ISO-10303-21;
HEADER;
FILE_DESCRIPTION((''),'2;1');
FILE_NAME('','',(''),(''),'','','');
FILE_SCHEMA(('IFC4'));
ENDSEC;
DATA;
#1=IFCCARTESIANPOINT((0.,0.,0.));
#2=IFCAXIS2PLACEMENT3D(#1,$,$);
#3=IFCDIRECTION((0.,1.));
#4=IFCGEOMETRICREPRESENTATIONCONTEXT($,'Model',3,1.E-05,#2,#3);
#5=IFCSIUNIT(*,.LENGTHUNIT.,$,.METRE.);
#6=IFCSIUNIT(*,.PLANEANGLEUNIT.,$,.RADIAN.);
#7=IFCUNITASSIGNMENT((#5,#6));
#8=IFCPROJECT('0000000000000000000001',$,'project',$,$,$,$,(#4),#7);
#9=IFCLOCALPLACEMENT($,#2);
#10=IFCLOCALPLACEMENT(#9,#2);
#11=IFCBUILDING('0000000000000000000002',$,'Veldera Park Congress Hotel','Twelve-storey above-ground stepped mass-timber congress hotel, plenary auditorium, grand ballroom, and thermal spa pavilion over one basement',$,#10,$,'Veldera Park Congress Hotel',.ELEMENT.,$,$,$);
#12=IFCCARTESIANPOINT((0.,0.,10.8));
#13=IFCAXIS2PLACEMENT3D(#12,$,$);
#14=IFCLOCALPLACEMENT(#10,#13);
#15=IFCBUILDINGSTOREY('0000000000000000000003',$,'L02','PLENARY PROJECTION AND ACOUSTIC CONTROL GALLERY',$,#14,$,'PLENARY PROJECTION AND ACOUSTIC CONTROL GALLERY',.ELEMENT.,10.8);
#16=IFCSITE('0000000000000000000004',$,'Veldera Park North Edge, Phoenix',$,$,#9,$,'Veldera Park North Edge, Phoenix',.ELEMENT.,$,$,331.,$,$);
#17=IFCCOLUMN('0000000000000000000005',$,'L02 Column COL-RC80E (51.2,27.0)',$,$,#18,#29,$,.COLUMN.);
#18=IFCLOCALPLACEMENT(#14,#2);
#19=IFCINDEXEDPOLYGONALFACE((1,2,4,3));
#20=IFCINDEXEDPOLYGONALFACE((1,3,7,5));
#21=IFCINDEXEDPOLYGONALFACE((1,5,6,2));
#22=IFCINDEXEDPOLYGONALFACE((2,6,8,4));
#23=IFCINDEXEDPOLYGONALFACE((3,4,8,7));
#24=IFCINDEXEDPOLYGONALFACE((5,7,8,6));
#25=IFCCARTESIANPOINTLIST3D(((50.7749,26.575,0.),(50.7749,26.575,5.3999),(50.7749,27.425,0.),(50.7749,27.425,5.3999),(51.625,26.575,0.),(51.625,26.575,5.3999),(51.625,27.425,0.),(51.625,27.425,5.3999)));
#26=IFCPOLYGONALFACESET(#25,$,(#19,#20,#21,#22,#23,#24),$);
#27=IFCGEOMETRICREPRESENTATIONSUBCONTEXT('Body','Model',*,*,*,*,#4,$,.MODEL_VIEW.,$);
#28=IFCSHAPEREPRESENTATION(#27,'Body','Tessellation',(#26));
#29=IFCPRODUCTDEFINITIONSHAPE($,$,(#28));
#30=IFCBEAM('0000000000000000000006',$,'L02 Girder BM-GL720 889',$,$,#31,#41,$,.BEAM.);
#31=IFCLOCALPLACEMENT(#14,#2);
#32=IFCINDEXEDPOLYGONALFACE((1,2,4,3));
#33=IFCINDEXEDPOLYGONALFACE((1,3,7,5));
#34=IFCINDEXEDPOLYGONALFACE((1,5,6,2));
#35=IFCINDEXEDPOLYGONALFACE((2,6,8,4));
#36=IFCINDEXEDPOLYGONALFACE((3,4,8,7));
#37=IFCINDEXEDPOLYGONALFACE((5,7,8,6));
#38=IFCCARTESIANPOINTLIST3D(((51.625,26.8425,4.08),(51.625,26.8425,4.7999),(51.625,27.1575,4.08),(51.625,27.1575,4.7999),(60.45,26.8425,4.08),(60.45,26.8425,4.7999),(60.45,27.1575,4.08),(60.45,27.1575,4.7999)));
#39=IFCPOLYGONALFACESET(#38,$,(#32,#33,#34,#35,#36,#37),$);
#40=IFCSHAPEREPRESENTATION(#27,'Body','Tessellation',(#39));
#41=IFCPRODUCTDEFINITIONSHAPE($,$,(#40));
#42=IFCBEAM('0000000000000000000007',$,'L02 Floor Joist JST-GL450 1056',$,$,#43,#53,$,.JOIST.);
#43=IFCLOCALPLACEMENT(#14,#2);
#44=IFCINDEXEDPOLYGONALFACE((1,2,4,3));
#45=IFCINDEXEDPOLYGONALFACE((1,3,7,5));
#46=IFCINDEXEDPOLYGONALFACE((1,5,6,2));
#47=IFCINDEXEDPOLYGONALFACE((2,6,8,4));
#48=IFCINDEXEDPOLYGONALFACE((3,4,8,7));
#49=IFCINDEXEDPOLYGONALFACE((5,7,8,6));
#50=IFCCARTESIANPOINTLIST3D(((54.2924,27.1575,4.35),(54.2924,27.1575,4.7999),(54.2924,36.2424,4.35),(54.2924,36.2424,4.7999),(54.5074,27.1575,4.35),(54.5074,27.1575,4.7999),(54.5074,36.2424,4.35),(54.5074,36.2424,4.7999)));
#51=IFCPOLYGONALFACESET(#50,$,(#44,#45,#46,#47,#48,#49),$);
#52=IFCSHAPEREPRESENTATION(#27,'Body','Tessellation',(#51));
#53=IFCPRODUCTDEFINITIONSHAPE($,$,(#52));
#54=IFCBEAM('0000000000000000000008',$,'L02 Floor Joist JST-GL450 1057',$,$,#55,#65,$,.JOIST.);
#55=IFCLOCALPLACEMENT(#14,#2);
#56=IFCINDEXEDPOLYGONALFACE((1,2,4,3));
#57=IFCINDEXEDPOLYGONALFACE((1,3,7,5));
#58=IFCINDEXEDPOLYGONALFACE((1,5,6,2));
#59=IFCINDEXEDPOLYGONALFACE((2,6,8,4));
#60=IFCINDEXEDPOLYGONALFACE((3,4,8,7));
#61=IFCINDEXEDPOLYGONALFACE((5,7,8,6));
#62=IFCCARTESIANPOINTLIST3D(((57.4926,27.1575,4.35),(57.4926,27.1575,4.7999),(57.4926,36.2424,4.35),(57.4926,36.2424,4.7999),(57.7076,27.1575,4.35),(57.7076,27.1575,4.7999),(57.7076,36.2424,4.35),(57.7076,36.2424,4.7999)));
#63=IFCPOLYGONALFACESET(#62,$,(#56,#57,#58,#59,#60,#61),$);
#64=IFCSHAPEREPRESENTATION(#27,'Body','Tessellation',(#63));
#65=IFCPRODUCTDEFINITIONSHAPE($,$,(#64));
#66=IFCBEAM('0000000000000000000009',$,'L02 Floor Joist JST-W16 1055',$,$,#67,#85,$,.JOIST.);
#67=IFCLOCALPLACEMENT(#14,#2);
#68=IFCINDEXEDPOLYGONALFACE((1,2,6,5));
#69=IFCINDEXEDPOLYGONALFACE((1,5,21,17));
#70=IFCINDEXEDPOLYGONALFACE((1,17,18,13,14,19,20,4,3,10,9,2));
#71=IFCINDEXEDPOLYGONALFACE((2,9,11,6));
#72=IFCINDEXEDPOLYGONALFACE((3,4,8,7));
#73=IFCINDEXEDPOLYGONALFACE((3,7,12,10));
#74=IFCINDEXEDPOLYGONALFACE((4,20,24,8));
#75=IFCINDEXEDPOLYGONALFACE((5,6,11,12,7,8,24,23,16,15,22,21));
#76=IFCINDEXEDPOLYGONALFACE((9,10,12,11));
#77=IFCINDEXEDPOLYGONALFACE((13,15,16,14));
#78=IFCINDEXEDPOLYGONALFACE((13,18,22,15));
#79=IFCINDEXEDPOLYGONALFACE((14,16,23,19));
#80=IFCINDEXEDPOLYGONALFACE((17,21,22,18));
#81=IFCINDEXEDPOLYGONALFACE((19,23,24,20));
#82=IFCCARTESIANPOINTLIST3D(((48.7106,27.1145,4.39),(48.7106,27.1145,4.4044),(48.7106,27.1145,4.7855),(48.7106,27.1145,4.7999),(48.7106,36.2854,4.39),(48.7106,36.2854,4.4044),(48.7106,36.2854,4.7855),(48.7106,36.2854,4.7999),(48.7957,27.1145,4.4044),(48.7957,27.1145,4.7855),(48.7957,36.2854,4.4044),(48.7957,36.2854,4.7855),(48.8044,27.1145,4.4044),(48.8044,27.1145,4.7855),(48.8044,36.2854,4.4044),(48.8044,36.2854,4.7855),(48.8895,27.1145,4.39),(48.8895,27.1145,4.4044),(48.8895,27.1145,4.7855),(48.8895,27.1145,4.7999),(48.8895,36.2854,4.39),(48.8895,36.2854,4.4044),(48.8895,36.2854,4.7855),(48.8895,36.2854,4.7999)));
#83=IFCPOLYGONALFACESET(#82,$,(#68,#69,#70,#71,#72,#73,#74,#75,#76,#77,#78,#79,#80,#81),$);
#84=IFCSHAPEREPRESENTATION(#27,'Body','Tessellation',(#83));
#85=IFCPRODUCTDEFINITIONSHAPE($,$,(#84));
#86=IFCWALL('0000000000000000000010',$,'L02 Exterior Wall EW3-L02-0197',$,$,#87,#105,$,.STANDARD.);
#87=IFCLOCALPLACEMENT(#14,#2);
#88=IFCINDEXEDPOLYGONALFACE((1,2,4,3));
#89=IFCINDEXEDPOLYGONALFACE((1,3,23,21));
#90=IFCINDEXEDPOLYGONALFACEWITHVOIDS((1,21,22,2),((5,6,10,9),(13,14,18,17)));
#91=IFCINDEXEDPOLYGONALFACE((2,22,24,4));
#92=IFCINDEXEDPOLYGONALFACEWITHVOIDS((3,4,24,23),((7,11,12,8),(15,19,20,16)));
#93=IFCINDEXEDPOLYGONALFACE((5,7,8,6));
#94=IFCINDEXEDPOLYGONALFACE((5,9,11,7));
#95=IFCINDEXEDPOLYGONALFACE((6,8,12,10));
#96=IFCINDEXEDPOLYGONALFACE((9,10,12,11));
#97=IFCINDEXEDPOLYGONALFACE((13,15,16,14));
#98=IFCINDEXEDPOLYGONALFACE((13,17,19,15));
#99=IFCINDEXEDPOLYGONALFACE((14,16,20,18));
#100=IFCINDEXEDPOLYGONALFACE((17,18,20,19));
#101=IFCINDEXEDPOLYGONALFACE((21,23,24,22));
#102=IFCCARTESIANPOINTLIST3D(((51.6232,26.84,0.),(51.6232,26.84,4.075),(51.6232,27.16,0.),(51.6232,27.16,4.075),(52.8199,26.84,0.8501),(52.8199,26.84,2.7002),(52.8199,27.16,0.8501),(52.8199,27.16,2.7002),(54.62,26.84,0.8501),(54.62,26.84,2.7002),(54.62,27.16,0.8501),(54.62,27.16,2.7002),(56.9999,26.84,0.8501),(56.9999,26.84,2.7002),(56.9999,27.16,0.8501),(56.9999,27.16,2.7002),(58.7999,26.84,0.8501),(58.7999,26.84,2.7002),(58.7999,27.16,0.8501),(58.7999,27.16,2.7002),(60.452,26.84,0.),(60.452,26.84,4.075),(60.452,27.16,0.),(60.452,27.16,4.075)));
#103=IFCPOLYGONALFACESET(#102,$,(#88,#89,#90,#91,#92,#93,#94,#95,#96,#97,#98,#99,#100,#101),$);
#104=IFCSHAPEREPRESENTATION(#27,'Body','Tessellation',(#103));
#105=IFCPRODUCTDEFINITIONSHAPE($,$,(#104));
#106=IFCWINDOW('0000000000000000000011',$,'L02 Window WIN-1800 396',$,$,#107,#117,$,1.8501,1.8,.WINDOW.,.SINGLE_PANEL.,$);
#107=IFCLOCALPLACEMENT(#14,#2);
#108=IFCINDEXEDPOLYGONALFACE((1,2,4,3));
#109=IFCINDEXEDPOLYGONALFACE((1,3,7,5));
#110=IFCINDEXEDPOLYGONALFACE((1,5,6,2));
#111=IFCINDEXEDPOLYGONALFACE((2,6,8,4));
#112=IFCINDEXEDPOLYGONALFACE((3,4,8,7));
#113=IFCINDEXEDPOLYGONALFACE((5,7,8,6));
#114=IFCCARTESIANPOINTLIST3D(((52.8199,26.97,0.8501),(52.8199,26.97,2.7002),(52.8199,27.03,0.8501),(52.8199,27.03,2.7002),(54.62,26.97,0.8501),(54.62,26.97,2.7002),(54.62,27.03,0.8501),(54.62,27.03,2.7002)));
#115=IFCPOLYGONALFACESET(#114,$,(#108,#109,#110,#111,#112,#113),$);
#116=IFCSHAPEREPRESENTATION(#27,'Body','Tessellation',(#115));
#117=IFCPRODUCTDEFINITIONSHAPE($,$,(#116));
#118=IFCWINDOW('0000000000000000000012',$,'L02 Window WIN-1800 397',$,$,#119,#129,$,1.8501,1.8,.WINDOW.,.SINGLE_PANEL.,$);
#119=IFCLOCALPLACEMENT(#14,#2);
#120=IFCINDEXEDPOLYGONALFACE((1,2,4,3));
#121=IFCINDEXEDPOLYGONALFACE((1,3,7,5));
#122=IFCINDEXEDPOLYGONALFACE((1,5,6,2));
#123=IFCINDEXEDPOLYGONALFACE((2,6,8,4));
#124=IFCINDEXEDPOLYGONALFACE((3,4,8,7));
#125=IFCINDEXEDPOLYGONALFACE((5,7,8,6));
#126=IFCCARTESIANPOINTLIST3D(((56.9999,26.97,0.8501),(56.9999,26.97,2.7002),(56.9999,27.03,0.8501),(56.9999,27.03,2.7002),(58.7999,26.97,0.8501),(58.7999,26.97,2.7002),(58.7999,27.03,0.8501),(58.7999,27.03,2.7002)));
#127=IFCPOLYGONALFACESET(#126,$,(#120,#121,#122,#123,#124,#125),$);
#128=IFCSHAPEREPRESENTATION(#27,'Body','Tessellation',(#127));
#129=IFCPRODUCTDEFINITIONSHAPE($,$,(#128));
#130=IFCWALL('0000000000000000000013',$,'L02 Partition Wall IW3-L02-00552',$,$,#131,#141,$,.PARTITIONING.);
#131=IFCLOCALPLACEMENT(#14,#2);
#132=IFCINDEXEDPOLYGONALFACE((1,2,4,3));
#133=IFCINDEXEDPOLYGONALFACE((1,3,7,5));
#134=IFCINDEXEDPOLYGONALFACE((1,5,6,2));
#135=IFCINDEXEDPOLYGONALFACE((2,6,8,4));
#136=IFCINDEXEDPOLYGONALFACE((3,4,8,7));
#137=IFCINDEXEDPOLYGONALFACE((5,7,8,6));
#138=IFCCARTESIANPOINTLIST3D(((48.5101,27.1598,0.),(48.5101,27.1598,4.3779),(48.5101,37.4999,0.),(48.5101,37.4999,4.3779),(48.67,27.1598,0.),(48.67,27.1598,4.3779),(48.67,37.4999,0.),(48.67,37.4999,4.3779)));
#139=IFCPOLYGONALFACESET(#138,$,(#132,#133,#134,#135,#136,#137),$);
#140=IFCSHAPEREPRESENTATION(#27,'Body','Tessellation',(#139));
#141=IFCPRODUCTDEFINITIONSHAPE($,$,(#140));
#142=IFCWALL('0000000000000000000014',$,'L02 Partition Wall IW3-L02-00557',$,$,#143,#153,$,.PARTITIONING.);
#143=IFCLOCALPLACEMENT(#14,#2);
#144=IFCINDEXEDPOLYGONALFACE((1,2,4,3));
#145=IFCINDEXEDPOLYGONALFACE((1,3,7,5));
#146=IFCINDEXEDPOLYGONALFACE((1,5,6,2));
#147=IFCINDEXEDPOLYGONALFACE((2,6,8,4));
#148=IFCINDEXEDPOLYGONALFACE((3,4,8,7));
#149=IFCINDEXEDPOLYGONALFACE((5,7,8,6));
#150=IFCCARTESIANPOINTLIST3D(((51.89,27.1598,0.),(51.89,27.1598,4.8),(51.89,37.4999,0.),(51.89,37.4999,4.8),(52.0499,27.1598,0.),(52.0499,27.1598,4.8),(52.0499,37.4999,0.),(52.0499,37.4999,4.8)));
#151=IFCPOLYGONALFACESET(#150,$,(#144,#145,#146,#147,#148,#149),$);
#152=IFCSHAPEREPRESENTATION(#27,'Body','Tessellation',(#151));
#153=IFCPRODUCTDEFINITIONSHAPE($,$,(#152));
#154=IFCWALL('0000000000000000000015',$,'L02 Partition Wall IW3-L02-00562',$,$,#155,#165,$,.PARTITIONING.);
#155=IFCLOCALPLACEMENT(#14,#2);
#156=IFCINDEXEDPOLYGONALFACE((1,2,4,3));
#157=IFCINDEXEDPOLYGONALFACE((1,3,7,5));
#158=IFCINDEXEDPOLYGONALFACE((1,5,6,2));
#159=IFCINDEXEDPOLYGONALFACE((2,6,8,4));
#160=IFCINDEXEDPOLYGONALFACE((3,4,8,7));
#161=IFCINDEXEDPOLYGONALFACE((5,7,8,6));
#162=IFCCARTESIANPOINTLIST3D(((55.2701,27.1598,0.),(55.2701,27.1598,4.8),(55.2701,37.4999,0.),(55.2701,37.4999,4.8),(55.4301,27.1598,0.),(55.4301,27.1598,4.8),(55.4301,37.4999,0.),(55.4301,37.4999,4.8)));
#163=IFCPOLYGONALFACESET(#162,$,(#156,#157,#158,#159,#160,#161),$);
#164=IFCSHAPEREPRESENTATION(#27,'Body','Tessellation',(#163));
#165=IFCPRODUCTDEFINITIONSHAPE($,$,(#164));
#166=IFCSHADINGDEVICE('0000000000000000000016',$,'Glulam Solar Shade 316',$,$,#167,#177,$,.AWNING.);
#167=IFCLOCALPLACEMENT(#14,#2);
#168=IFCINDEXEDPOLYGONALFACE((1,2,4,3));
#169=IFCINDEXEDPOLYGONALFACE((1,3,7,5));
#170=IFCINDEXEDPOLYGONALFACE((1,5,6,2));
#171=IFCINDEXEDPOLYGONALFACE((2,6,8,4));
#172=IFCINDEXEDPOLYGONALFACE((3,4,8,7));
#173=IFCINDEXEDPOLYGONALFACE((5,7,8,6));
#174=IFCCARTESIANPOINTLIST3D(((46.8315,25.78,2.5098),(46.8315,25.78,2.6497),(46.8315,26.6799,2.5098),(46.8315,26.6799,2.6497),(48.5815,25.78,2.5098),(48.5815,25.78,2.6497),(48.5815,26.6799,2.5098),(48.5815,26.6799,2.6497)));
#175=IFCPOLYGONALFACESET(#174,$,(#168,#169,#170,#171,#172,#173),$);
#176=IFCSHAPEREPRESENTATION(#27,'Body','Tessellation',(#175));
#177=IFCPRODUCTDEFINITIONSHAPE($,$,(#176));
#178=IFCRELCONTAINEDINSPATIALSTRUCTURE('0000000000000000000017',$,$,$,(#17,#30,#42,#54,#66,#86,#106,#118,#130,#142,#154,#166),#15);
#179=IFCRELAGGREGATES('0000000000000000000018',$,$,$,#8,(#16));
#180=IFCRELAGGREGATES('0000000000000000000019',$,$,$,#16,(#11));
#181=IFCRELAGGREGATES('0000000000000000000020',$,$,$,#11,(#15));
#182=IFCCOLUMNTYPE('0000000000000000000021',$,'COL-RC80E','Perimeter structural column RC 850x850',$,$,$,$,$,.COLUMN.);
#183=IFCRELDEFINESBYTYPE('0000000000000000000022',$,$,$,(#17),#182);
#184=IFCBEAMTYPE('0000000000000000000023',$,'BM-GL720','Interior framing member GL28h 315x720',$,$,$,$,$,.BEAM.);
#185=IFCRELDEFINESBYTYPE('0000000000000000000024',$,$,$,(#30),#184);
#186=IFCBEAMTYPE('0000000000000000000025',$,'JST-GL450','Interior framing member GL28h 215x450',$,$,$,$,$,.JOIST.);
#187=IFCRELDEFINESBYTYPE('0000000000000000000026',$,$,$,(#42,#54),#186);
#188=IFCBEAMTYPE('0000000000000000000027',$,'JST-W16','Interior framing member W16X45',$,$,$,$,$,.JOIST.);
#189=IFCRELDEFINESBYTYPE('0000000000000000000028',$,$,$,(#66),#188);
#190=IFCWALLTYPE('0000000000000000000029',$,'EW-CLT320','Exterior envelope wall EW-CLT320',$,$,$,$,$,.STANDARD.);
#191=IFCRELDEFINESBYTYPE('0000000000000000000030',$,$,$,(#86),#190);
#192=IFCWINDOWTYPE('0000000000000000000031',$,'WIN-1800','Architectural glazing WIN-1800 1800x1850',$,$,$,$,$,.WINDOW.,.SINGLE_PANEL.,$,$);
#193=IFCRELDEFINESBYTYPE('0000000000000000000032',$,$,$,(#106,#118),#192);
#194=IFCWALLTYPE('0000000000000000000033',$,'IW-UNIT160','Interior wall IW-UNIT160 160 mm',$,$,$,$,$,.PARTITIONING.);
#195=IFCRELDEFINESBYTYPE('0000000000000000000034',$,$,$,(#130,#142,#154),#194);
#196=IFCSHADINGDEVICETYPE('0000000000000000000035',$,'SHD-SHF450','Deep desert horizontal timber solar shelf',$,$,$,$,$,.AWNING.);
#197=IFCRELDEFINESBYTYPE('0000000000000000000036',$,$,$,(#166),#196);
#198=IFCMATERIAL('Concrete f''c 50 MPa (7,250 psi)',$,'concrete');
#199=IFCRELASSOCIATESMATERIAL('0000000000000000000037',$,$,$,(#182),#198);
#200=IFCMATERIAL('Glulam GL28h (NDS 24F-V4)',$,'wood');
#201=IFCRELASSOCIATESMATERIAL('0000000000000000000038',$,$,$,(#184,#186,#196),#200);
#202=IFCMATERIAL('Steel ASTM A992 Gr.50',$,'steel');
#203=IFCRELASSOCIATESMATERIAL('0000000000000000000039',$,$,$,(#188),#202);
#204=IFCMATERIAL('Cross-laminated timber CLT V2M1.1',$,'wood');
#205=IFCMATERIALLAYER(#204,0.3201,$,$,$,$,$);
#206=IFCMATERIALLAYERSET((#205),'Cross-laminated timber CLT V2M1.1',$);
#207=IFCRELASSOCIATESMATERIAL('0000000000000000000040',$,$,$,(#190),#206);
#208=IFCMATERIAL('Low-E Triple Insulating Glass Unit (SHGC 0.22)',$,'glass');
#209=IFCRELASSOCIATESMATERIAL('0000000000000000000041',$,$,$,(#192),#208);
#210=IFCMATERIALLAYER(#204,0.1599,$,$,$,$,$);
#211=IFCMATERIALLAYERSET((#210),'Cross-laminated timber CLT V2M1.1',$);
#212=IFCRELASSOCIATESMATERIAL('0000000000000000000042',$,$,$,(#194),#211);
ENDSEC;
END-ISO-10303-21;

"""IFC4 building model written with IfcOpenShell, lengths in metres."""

from ifc_helpers import new_model, si_unit, direction, frame, frame_2d, origin, origin_2d, place, context, subcontext, project, spatial, rectangle, i_section, extrude, material, layer, layer_set, material_profile, profile_set, type_object, element, fill, save


model = new_model("IFC4")

# Units and contexts
model_context = context("Model", 3, precision=1e-05, world=origin(), true_north=direction((0.0, 1.0)))
body_context = subcontext(model_context, "Body", "Model", "MODEL_VIEW")
ifc_project = project(units=[si_unit("LENGTHUNIT", "METRE"), si_unit("PLANEANGLEUNIT", "RADIAN")], contexts=[model_context])

# Site, building, storey
site_placement = place(None, origin())
site = spatial("IfcSite", under=ifc_project, at=site_placement, Name="Veldera Park North Edge, Phoenix", LongName="Veldera Park North Edge, Phoenix", CompositionType="ELEMENT", RefElevation=331.0)
building_placement = place(site_placement, origin())
building = spatial("IfcBuilding", under=site, at=building_placement, Name="Veldera Park Congress Hotel", Description="Twelve-storey above-ground stepped mass-timber congress hotel, plenary auditorium, grand ballroom, and thermal spa pavilion over one basement", LongName="Veldera Park Congress Hotel", CompositionType="ELEMENT")
storey_placement = place(building_placement, frame((0.0, 0.0, 10.8)))
storey = spatial("IfcBuildingStorey", under=building, at=storey_placement, Name="L02", Description="PLENARY PROJECTION AND ACOUSTIC CONTROL GALLERY", LongName="PLENARY PROJECTION AND ACOUSTIC CONTROL GALLERY", CompositionType="ELEMENT", Elevation=10.8)

# Column
ifc_material_1 = material(Name="Concrete f'c 50 MPa (7,250 psi)", Category="concrete")
ifc_material_profile_1 = material_profile(ifc_material_1, rectangle(XDim=0.8501, YDim=0.8501, at=origin_2d()), Name="RC 850x850")
ifc_profile_set_1 = profile_set([ifc_material_profile_1], Name="Concrete f'c 50 MPa (7,250 psi)")
column_type = type_object("IfcColumnType", Name="COL-RC80E", Description="Perimeter structural column RC 850x850", PredefinedType="COLUMN", material=ifc_profile_set_1)
column_placement = place(storey_placement, frame((51.2, 27.0, 0.0), z_axis=(0.0, 0.0, 1.0), x_axis=(1.0, 0.0, 0.0)))
element("IfcColumn", 1, at=column_placement, inside=storey, type_object=column_type, Name="L02 Column COL-RC80E (51.2,27.0)", PredefinedType="COLUMN", context=body_context, shape_type="SweptSolid", body=[
    extrude(rectangle(XDim=0.8501, YDim=0.8501, at=origin_2d()), origin(), (0.0, 0.0, 1.0), 5.3999),
])

# Beams
ifc_material_2 = material(Name="Glulam GL28h (NDS 24F-V4)", Category="wood")
ifc_material_profile_2 = material_profile(ifc_material_2, rectangle(XDim=0.3149, YDim=0.72, at=origin_2d()), Name="GL28h 315x720")
ifc_profile_set_2 = profile_set([ifc_material_profile_2], Name="Glulam GL28h (NDS 24F-V4)")
beam_type_1 = type_object("IfcBeamType", Name="BM-GL720", Description="Interior framing member GL28h 315x720", PredefinedType="BEAM", material=ifc_profile_set_2)
beam_1_placement = place(storey_placement, frame((51.625, 27.0, 4.4399), z_axis=(1.0, 0.0, 0.0), x_axis=(0.0, 1.0, 0.0)))
element("IfcBeam", 2, at=beam_1_placement, inside=storey, type_object=beam_type_1, Name="L02 Girder BM-GL720 889", PredefinedType="BEAM", context=body_context, shape_type="SweptSolid", body=[
    extrude(rectangle(XDim=0.3149, YDim=0.72, at=origin_2d()), origin(), (0.0, 0.0, 1.0), 8.825),
])
ifc_material_profile_3 = material_profile(ifc_material_2, rectangle(XDim=0.2151, YDim=0.45, at=origin_2d()), Name="GL28h 215x450")
ifc_profile_set_3 = profile_set([ifc_material_profile_3], Name="Glulam GL28h (NDS 24F-V4)")
beam_type_2 = type_object("IfcBeamType", Name="JST-GL450", Description="Interior framing member GL28h 215x450", PredefinedType="JOIST", material=ifc_profile_set_3)
for number, where, z_axis, x_axis, name in (
    (3, (54.3999, 27.1575, 4.575), (0.0, 1.0, 0.0), (-1.0, 0.0, 0.0), "L02 Floor Joist JST-GL450 1056"),
    (4, (57.6001, 27.1575, 4.575), (0.0, 1.0, 0.0), (-1.0, 0.0, 0.0), "L02 Floor Joist JST-GL450 1057"),
):
    element("IfcBeam", number, at=place(storey_placement, frame(where, z_axis=z_axis, x_axis=x_axis)), inside=storey, type_object=beam_type_2, Name=name, PredefinedType="JOIST", context=body_context, shape_type="SweptSolid", body=[
        extrude(rectangle(XDim=0.2151, YDim=0.45, at=origin_2d()), origin(), (0.0, 0.0, 1.0), 9.085),
    ])
ifc_material_3 = material(Name="Steel ASTM A992 Gr.50", Category="steel")
ifc_material_profile_4 = material_profile(ifc_material_3, i_section(OverallWidth=0.179, OverallDepth=0.4099, WebThickness=0.0088, FlangeThickness=0.0144, at=origin_2d()), Name="W16X45")
ifc_profile_set_4 = profile_set([ifc_material_profile_4], Name="Steel ASTM A992 Gr.50")
beam_type_3 = type_object("IfcBeamType", Name="JST-W16", Description="Interior framing member W16X45", PredefinedType="JOIST", material=ifc_profile_set_4)
beam_2_placement = place(storey_placement, frame((48.8, 27.1145, 4.595), z_axis=(0.0, 1.0, 0.0), x_axis=(-1.0, 0.0, 0.0)))
element("IfcBeam", 5, at=beam_2_placement, inside=storey, type_object=beam_type_3, Name="L02 Floor Joist JST-W16 1055", PredefinedType="JOIST", context=body_context, shape_type="SweptSolid", body=[
    extrude(i_section(OverallWidth=0.179, OverallDepth=0.4099, WebThickness=0.0088, FlangeThickness=0.0144, at=origin_2d()), origin(), (0.0, 0.0, 1.0), 9.1709),
])

# Wall, openings, windows
ifc_material_4 = material(Name="Cross-laminated timber CLT V2M1.1", Category="wood")
ifc_layer_1 = layer(ifc_material_4, 0.3201)
ifc_layer_set_1 = layer_set([ifc_layer_1], Name="Cross-laminated timber CLT V2M1.1")
wall_type_1 = type_object("IfcWallType", Name="EW-CLT320", Description="Exterior envelope wall EW-CLT320", PredefinedType="STANDARD", material=ifc_layer_set_1)
wall_1_placement = place(storey_placement, frame((51.623, 27.0, 0.0), z_axis=(0.0, 0.0, 1.0), x_axis=(1.0, 0.0, 0.0)))
wall_1 = element("IfcWall", 6, at=wall_1_placement, inside=storey, type_object=wall_type_1, Name="L02 Exterior Wall EW3-L02-0197", PredefinedType="STANDARD", context=body_context, shape_type="SweptSolid", body=[
    extrude(rectangle(XDim=8.8289, YDim=0.3201, at=frame_2d((4.4146, 0.0))), origin(), (0.0, 0.0, 1.0), 4.075),
])
opening_1_placement = place(wall_1_placement, frame((1.197, 0.0, 0.8501)))
opening_1 = element("IfcOpeningElement", 7, at=opening_1_placement, cuts=wall_1, PredefinedType="OPENING", context=body_context, shape_type="SweptSolid", body=[
    extrude(rectangle(XDim=1.8, YDim=1.8501, at=frame_2d((0.8999, 0.925))), frame((0.0, 0.1721, 0.0), z_axis=(0.0, -1.0, 0.0), x_axis=(1.0, 0.0, 0.0)), (0.0, 0.0, 1.0), 0.344),
])
opening_2_placement = place(wall_1_placement, frame((5.377, 0.0, 0.8501)))
opening_2 = element("IfcOpeningElement", 8, at=opening_2_placement, cuts=wall_1, PredefinedType="OPENING", context=body_context, shape_type="SweptSolid", body=[
    extrude(rectangle(XDim=1.8, YDim=1.8501, at=frame_2d((0.8999, 0.925))), frame((0.0, 0.1721, 0.0), z_axis=(0.0, -1.0, 0.0), x_axis=(1.0, 0.0, 0.0)), (0.0, 0.0, 1.0), 0.344),
])
ifc_material_5 = material(Name="Low-E Triple Insulating Glass Unit (SHGC 0.22)", Category="glass")
window_type = type_object("IfcWindowType", Name="WIN-1800", Description="Architectural glazing WIN-1800 1800x1850", PartitioningType="SINGLE_PANEL", PredefinedType="WINDOW", material=ifc_material_5)
window_1_placement = place(opening_1_placement, origin())
window_1 = element("IfcWindow", 9, at=window_1_placement, inside=storey, type_object=window_type, Name="L02 Window WIN-1800 396", OverallHeight=1.8501, OverallWidth=1.8, PartitioningType="SINGLE_PANEL", PredefinedType="WINDOW", context=body_context, shape_type="SweptSolid", body=[
    extrude(rectangle(XDim=1.8, YDim=1.8501, at=frame_2d((0.8999, 0.925))), frame((0.0, 0.03, 0.0), z_axis=(0.0, -1.0, 0.0), x_axis=(1.0, 0.0, 0.0)), (0.0, 0.0, 1.0), 0.0601),
])
fill(opening_1, window_1)
window_2_placement = place(opening_2_placement, origin())
window_2 = element("IfcWindow", 10, at=window_2_placement, inside=storey, type_object=window_type, Name="L02 Window WIN-1800 397", OverallHeight=1.8501, OverallWidth=1.8, PartitioningType="SINGLE_PANEL", PredefinedType="WINDOW", context=body_context, shape_type="SweptSolid", body=[
    extrude(rectangle(XDim=1.8, YDim=1.8501, at=frame_2d((0.8999, 0.925))), frame((0.0, 0.03, 0.0), z_axis=(0.0, -1.0, 0.0), x_axis=(1.0, 0.0, 0.0)), (0.0, 0.0, 1.0), 0.0601),
])
fill(opening_2, window_2)

# Walls
ifc_layer_2 = layer(ifc_material_4, 0.1599)
ifc_layer_set_2 = layer_set([ifc_layer_2], Name="Cross-laminated timber CLT V2M1.1")
wall_type_2 = type_object("IfcWallType", Name="IW-UNIT160", Description="Interior wall IW-UNIT160 160 mm", PredefinedType="PARTITIONING", material=ifc_layer_set_2)
wall_2_placement = place(storey_placement, frame((48.5901, 27.1599, 0.0), z_axis=(0.0, 0.0, 1.0), x_axis=(0.0, 1.0, 0.0)))
element("IfcWall", 11, at=wall_2_placement, inside=storey, type_object=wall_type_2, Name="L02 Partition Wall IW3-L02-00552", PredefinedType="PARTITIONING", context=body_context, shape_type="SweptSolid", body=[
    extrude(rectangle(XDim=10.3401, YDim=0.1599, at=frame_2d((5.1699, 0.0))), origin(), (0.0, 0.0, 1.0), 4.3779),
])
for number, where, z_axis, x_axis, name in (
    (12, (51.97, 27.1599, 0.0), (0.0, 0.0, 1.0), (0.0, 1.0, 0.0), "L02 Partition Wall IW3-L02-00557"),
    (13, (55.3501, 27.1599, 0.0), (0.0, 0.0, 1.0), (0.0, 1.0, 0.0), "L02 Partition Wall IW3-L02-00562"),
):
    element("IfcWall", number, at=place(storey_placement, frame(where, z_axis=z_axis, x_axis=x_axis)), inside=storey, type_object=wall_type_2, Name=name, PredefinedType="PARTITIONING", context=body_context, shape_type="SweptSolid", body=[
        extrude(rectangle(XDim=10.3401, YDim=0.1599, at=frame_2d((5.1699, 0.0))), origin(), (0.0, 0.0, 1.0), 4.8),
    ])

# Shading device
shading_device_type = type_object("IfcShadingDeviceType", Name="SHD-SHF450", Description="Deep desert horizontal timber solar shelf", PredefinedType="AWNING", material=ifc_material_2)
shading_device_1_placement = place(storey_placement, frame((47.7065, 26.23, 2.5098), z_axis=(0.0, 0.0, 1.0), x_axis=(1.0, 0.0, 0.0)))
element("IfcShadingDevice", 14, at=shading_device_1_placement, inside=storey, type_object=shading_device_type, Name="Glulam Solar Shade 316", PredefinedType="AWNING", context=body_context, shape_type="SweptSolid", body=[
    extrude(rectangle(XDim=1.75, YDim=0.8999, at=origin_2d()), origin(), (0.0, 0.0, 1.0), 0.1399),
])

save(model, "model.ifc")
